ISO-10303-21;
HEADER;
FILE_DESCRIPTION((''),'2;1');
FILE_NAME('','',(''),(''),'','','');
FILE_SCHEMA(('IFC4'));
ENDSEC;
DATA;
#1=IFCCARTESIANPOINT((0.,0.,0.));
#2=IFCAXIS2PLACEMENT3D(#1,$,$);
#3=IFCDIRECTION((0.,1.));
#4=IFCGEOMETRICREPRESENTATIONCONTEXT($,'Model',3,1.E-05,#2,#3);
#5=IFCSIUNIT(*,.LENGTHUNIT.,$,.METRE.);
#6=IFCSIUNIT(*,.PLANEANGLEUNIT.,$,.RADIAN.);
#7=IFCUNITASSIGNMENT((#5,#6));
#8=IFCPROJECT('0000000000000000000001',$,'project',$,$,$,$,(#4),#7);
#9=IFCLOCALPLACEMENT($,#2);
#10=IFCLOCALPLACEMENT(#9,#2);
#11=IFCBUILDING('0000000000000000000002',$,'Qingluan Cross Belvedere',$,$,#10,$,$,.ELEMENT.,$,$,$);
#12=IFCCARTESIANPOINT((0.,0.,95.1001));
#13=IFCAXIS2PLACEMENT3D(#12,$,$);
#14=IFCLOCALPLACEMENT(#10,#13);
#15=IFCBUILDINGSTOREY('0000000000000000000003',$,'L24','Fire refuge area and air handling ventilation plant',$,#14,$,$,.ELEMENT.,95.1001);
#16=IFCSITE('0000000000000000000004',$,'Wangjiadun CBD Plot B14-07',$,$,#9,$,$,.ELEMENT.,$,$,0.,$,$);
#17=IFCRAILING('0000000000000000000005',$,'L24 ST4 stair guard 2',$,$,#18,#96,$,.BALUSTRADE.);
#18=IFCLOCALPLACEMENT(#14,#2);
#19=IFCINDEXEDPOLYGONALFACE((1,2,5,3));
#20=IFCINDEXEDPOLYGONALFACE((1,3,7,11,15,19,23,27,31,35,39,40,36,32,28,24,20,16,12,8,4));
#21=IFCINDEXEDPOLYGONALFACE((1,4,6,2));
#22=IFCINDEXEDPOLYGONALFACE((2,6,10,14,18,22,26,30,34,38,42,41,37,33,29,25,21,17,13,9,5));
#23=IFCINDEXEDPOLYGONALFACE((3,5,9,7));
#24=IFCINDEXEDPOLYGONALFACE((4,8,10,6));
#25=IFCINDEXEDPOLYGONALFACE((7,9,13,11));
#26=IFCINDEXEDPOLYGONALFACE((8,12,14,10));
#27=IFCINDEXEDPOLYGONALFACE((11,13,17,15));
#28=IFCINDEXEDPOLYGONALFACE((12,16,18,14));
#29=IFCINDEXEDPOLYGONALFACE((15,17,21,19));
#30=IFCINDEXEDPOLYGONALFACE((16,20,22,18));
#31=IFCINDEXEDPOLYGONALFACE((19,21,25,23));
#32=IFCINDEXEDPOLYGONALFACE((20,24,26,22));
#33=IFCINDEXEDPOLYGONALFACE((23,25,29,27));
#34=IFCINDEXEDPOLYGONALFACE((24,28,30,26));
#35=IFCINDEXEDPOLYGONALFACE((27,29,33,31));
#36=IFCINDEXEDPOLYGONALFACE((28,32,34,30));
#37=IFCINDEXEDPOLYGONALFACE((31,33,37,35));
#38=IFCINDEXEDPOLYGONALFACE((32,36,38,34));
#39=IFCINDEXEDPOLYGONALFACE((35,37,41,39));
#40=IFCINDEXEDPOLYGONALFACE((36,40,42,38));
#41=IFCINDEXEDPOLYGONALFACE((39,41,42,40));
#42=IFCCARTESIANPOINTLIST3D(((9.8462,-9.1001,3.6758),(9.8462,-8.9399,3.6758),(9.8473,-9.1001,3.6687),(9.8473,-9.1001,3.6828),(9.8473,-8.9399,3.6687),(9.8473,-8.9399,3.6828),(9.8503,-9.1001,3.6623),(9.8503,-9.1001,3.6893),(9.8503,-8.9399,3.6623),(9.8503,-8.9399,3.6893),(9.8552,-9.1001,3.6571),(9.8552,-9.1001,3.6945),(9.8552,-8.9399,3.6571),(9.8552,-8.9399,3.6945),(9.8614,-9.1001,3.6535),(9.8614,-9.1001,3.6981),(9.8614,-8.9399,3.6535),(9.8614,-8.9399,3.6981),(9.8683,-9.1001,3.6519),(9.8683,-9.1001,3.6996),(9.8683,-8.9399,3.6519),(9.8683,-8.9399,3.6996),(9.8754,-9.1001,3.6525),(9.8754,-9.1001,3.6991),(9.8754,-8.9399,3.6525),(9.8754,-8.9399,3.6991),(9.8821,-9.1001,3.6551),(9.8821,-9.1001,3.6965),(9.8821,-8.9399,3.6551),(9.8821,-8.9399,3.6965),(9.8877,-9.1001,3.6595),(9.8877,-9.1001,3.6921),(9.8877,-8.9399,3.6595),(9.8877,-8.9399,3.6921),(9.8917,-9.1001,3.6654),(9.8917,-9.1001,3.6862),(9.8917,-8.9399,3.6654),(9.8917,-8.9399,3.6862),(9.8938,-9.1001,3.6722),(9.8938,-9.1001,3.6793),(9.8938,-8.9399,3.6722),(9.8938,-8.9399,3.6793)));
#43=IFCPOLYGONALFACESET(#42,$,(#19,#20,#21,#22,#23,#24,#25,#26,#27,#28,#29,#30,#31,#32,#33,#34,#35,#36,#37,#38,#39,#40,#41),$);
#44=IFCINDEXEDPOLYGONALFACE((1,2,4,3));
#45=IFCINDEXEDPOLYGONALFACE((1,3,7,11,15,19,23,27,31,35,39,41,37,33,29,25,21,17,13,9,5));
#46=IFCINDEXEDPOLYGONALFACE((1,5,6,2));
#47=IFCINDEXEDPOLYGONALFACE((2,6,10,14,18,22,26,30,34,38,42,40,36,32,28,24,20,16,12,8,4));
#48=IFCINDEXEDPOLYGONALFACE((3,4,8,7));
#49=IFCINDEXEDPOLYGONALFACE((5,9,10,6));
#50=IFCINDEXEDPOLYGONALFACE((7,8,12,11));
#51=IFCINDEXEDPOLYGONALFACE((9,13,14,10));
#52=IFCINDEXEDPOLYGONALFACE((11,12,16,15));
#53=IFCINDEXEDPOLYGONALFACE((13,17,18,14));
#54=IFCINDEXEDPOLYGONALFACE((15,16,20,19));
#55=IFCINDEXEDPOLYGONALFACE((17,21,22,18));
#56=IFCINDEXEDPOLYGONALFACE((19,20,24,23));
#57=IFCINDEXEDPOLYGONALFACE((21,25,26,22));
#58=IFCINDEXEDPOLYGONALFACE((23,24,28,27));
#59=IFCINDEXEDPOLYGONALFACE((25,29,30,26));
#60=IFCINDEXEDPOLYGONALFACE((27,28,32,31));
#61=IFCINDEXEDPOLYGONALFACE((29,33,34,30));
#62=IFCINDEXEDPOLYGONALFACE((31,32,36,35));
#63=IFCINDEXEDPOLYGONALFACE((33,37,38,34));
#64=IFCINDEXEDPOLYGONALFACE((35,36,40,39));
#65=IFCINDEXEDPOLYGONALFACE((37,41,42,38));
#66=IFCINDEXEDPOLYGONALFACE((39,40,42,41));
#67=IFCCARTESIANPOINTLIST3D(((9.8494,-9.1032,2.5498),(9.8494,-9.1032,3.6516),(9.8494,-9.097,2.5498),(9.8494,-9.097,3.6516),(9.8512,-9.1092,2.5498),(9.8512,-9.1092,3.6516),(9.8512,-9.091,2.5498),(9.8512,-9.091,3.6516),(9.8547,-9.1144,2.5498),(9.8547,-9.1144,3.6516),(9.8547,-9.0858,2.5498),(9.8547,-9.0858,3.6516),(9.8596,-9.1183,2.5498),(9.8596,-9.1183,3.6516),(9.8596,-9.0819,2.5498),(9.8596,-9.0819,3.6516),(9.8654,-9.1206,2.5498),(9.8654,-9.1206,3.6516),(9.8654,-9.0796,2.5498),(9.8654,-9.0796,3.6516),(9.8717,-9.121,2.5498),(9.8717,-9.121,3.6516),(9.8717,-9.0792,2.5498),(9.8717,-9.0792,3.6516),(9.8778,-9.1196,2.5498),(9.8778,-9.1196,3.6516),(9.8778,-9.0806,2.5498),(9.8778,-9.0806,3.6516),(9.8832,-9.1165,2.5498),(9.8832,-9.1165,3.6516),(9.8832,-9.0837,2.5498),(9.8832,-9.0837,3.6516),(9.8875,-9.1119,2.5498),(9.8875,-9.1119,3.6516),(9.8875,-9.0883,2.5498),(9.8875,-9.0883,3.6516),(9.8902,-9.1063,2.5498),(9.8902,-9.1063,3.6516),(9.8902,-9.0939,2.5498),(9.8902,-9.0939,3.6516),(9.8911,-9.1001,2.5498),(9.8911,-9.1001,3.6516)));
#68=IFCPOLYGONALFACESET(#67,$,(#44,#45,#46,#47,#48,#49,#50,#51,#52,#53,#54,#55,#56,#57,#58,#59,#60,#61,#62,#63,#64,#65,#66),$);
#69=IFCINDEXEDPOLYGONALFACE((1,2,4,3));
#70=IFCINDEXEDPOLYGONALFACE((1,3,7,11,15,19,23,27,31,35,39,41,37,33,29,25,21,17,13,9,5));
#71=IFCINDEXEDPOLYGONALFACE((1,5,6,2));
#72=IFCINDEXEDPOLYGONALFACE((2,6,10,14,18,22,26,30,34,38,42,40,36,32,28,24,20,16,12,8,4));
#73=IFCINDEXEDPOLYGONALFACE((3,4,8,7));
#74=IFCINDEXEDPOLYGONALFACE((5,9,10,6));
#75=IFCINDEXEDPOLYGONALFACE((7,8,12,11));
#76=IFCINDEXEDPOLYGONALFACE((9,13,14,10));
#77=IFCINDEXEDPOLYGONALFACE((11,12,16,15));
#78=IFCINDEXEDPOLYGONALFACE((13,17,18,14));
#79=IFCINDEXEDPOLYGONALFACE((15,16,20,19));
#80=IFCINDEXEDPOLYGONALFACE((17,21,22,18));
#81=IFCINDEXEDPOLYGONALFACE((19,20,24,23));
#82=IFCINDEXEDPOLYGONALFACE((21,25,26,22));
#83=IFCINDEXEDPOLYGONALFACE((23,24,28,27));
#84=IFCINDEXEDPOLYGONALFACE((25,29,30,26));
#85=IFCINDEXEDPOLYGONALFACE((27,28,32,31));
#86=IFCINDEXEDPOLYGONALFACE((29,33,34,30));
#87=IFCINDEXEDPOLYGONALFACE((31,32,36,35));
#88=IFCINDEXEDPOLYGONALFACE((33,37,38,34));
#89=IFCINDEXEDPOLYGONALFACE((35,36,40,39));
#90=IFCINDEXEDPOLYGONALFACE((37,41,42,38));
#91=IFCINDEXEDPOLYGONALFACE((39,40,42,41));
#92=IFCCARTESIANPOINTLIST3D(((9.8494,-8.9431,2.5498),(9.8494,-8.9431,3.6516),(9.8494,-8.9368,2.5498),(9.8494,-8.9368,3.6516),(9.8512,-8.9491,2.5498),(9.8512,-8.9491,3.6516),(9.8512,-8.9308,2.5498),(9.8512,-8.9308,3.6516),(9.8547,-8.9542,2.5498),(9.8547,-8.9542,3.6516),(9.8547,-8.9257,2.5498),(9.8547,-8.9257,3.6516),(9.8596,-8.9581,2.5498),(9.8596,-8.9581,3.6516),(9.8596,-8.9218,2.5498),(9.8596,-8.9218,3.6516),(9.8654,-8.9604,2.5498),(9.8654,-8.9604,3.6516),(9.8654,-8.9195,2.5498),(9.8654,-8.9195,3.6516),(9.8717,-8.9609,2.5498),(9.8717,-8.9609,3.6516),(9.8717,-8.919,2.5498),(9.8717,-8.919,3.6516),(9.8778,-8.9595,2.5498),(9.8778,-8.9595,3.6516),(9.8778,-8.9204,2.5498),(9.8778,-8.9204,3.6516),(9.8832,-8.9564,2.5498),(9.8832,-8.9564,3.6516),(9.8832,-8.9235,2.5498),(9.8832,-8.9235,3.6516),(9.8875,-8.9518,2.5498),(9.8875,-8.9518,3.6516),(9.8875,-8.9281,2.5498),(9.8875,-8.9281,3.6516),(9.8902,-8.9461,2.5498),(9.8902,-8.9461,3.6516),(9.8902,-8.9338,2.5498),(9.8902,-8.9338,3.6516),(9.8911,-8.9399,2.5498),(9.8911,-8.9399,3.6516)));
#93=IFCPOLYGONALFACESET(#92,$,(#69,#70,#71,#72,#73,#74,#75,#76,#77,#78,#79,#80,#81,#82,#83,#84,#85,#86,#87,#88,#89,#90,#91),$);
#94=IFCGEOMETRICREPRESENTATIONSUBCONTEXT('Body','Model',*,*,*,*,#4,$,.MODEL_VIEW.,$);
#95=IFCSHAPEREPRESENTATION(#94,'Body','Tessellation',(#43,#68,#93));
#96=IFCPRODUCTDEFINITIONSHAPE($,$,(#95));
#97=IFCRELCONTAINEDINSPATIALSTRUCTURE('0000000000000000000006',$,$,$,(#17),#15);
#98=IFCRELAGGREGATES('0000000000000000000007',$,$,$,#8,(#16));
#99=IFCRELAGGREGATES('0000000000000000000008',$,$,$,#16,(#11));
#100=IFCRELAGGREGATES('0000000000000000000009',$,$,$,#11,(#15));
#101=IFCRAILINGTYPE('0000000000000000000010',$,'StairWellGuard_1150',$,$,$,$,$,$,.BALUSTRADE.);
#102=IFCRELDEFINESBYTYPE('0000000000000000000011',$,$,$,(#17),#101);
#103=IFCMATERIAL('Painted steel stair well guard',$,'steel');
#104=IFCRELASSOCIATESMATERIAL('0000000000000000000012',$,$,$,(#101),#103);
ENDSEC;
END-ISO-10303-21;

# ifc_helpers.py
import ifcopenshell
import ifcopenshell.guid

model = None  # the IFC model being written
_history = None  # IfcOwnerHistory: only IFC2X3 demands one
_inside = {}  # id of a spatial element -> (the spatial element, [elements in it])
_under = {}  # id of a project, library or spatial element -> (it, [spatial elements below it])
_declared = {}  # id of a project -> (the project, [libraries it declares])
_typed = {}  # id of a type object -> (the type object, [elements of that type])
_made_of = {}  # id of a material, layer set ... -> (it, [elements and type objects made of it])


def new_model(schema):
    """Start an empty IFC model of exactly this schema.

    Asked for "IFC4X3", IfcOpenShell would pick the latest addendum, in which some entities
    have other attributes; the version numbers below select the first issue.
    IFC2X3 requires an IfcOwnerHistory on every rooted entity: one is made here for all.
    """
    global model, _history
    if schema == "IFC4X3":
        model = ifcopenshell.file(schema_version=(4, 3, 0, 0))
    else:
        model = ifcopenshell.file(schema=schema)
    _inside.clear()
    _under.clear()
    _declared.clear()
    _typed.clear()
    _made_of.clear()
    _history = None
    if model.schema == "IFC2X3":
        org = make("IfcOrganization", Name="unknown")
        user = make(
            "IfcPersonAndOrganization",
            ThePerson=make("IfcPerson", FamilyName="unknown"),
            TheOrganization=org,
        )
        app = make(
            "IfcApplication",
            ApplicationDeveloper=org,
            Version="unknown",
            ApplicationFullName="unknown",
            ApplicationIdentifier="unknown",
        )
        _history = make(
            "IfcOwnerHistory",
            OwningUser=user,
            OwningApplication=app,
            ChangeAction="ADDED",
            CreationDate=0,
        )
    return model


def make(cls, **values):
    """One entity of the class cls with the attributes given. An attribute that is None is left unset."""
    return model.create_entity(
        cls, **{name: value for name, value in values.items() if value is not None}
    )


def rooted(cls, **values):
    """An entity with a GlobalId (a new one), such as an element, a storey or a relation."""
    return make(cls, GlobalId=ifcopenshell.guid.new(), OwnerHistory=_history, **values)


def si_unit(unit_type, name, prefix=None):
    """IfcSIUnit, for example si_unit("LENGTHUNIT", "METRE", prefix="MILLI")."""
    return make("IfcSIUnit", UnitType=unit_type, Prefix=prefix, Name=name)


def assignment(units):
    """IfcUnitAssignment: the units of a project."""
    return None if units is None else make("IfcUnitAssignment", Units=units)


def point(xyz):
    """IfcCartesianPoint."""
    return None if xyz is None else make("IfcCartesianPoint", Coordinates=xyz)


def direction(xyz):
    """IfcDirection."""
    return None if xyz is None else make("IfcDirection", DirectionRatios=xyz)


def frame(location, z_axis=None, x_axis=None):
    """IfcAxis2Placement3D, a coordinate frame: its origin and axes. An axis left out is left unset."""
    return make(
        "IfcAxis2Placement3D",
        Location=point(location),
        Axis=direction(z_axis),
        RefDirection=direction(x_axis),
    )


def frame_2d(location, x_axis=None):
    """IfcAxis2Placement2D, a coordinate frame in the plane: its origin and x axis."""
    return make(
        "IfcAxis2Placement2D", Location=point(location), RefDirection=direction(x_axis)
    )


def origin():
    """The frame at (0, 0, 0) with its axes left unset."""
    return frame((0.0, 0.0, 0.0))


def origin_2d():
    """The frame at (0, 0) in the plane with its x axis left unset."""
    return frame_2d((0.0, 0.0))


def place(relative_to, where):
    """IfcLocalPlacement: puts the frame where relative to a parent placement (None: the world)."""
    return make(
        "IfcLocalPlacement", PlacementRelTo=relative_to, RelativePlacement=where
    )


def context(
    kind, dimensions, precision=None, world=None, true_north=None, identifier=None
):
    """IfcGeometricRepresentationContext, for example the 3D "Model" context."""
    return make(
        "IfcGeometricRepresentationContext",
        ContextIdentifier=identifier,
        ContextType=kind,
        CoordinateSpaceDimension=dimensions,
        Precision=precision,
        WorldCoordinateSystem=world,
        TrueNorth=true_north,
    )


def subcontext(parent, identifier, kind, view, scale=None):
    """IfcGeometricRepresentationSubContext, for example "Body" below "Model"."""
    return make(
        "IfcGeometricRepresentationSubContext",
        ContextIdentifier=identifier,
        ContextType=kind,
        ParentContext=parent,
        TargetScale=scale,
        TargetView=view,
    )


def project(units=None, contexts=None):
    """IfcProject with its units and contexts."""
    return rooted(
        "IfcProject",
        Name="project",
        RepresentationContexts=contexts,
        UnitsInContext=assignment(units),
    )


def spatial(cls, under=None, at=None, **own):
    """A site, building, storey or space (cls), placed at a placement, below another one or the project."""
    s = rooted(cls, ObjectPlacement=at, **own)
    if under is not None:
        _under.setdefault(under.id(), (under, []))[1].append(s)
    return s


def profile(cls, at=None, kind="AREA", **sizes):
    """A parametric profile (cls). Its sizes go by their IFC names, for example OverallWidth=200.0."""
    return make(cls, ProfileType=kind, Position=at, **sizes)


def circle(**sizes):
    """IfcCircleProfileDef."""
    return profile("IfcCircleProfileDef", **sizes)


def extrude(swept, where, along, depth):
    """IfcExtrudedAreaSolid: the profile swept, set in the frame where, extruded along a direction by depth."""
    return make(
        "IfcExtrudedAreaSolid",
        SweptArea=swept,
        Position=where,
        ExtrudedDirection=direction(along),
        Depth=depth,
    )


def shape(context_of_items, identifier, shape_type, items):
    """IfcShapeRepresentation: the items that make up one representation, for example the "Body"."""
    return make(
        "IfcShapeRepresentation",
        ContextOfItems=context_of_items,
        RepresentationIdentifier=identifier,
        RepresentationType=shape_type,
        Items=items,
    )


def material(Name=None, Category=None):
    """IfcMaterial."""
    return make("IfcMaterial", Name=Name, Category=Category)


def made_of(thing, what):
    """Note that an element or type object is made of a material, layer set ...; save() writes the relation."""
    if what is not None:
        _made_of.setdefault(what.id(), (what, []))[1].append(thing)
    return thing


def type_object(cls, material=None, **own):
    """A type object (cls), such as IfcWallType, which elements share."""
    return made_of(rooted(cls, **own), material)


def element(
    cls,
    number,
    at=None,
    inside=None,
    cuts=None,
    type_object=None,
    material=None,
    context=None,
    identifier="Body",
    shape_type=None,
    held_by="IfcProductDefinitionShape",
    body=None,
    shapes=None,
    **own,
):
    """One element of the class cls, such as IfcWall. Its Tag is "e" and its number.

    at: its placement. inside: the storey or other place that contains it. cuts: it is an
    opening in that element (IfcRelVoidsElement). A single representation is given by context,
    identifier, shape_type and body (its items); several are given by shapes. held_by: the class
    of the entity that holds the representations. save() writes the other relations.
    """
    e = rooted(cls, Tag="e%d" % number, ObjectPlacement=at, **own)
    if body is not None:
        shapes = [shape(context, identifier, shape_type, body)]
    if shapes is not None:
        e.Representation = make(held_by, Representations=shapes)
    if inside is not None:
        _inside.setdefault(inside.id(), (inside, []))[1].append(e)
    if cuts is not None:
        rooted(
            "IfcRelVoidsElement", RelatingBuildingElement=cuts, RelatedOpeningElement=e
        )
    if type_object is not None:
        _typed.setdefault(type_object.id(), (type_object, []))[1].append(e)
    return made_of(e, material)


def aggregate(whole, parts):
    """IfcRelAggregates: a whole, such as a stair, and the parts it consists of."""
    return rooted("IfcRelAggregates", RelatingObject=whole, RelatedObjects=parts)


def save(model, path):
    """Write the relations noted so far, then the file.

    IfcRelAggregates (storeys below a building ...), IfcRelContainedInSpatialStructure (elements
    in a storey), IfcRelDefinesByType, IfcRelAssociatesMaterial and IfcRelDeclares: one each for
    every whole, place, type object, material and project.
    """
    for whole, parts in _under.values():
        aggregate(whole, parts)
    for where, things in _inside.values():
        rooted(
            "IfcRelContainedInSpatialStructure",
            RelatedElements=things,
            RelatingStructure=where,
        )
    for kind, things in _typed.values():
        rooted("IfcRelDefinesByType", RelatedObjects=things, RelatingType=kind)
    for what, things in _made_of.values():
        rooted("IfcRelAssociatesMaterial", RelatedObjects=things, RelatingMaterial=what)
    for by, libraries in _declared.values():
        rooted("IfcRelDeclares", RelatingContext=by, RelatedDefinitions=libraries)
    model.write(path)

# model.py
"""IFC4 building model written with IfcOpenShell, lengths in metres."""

from ifc_helpers import new_model, si_unit, direction, frame, origin, origin_2d, place, context, subcontext, project, spatial, circle, extrude, material, type_object, element, save


model = new_model("IFC4")

# Units and contexts
model_context = context("Model", 3, precision=1e-05, world=origin(), true_north=direction((0.0, 1.0)))
body_context = subcontext(model_context, "Body", "Model", "MODEL_VIEW")
ifc_project = project(units=[si_unit("LENGTHUNIT", "METRE"), si_unit("PLANEANGLEUNIT", "RADIAN")], contexts=[model_context])

# Site, building, storey
site_placement = place(None, origin())
site = spatial("IfcSite", under=ifc_project, at=site_placement, Name="Wangjiadun CBD Plot B14-07", CompositionType="ELEMENT", RefElevation=0.0)
building_placement = place(site_placement, origin())
building = spatial("IfcBuilding", under=site, at=building_placement, Name="Qingluan Cross Belvedere", CompositionType="ELEMENT")
storey_placement = place(building_placement, frame((0.0, 0.0, 95.1001)))
storey = spatial("IfcBuildingStorey", under=building, at=storey_placement, Name="L24", Description="Fire refuge area and air handling ventilation plant", CompositionType="ELEMENT", Elevation=95.1001)

# Railing
ifc_material_1 = material(Name="Painted steel stair well guard", Category="steel")
railing_type = type_object("IfcRailingType", Name="StairWellGuard_1150", PredefinedType="BALUSTRADE", material=ifc_material_1)
railing_1_placement = place(storey_placement, frame((9.8701, -9.1001, 2.5498)))
element("IfcRailing", 1, at=railing_1_placement, inside=storey, type_object=railing_type, Name="L24 ST4 stair guard 2", PredefinedType="BALUSTRADE", context=body_context, shape_type="SweptSolid", body=[
    extrude(circle(Radius=0.0239, at=origin_2d()), frame((0.0, 0.0, 1.126), z_axis=(0.0, 1.0, 0.0), x_axis=(-1.0, 0.0, 0.0)), (0.0, 0.0, 1.0), 0.1602),
    extrude(circle(Radius=0.021, at=origin_2d()), origin(), (0.0, 0.0, 1.0), 1.1018),
    extrude(circle(Radius=0.021, at=origin_2d()), frame((0.0, 0.1602, 0.0)), (0.0, 0.0, 1.0), 1.1018),
])

save(model, "model.ifc")
